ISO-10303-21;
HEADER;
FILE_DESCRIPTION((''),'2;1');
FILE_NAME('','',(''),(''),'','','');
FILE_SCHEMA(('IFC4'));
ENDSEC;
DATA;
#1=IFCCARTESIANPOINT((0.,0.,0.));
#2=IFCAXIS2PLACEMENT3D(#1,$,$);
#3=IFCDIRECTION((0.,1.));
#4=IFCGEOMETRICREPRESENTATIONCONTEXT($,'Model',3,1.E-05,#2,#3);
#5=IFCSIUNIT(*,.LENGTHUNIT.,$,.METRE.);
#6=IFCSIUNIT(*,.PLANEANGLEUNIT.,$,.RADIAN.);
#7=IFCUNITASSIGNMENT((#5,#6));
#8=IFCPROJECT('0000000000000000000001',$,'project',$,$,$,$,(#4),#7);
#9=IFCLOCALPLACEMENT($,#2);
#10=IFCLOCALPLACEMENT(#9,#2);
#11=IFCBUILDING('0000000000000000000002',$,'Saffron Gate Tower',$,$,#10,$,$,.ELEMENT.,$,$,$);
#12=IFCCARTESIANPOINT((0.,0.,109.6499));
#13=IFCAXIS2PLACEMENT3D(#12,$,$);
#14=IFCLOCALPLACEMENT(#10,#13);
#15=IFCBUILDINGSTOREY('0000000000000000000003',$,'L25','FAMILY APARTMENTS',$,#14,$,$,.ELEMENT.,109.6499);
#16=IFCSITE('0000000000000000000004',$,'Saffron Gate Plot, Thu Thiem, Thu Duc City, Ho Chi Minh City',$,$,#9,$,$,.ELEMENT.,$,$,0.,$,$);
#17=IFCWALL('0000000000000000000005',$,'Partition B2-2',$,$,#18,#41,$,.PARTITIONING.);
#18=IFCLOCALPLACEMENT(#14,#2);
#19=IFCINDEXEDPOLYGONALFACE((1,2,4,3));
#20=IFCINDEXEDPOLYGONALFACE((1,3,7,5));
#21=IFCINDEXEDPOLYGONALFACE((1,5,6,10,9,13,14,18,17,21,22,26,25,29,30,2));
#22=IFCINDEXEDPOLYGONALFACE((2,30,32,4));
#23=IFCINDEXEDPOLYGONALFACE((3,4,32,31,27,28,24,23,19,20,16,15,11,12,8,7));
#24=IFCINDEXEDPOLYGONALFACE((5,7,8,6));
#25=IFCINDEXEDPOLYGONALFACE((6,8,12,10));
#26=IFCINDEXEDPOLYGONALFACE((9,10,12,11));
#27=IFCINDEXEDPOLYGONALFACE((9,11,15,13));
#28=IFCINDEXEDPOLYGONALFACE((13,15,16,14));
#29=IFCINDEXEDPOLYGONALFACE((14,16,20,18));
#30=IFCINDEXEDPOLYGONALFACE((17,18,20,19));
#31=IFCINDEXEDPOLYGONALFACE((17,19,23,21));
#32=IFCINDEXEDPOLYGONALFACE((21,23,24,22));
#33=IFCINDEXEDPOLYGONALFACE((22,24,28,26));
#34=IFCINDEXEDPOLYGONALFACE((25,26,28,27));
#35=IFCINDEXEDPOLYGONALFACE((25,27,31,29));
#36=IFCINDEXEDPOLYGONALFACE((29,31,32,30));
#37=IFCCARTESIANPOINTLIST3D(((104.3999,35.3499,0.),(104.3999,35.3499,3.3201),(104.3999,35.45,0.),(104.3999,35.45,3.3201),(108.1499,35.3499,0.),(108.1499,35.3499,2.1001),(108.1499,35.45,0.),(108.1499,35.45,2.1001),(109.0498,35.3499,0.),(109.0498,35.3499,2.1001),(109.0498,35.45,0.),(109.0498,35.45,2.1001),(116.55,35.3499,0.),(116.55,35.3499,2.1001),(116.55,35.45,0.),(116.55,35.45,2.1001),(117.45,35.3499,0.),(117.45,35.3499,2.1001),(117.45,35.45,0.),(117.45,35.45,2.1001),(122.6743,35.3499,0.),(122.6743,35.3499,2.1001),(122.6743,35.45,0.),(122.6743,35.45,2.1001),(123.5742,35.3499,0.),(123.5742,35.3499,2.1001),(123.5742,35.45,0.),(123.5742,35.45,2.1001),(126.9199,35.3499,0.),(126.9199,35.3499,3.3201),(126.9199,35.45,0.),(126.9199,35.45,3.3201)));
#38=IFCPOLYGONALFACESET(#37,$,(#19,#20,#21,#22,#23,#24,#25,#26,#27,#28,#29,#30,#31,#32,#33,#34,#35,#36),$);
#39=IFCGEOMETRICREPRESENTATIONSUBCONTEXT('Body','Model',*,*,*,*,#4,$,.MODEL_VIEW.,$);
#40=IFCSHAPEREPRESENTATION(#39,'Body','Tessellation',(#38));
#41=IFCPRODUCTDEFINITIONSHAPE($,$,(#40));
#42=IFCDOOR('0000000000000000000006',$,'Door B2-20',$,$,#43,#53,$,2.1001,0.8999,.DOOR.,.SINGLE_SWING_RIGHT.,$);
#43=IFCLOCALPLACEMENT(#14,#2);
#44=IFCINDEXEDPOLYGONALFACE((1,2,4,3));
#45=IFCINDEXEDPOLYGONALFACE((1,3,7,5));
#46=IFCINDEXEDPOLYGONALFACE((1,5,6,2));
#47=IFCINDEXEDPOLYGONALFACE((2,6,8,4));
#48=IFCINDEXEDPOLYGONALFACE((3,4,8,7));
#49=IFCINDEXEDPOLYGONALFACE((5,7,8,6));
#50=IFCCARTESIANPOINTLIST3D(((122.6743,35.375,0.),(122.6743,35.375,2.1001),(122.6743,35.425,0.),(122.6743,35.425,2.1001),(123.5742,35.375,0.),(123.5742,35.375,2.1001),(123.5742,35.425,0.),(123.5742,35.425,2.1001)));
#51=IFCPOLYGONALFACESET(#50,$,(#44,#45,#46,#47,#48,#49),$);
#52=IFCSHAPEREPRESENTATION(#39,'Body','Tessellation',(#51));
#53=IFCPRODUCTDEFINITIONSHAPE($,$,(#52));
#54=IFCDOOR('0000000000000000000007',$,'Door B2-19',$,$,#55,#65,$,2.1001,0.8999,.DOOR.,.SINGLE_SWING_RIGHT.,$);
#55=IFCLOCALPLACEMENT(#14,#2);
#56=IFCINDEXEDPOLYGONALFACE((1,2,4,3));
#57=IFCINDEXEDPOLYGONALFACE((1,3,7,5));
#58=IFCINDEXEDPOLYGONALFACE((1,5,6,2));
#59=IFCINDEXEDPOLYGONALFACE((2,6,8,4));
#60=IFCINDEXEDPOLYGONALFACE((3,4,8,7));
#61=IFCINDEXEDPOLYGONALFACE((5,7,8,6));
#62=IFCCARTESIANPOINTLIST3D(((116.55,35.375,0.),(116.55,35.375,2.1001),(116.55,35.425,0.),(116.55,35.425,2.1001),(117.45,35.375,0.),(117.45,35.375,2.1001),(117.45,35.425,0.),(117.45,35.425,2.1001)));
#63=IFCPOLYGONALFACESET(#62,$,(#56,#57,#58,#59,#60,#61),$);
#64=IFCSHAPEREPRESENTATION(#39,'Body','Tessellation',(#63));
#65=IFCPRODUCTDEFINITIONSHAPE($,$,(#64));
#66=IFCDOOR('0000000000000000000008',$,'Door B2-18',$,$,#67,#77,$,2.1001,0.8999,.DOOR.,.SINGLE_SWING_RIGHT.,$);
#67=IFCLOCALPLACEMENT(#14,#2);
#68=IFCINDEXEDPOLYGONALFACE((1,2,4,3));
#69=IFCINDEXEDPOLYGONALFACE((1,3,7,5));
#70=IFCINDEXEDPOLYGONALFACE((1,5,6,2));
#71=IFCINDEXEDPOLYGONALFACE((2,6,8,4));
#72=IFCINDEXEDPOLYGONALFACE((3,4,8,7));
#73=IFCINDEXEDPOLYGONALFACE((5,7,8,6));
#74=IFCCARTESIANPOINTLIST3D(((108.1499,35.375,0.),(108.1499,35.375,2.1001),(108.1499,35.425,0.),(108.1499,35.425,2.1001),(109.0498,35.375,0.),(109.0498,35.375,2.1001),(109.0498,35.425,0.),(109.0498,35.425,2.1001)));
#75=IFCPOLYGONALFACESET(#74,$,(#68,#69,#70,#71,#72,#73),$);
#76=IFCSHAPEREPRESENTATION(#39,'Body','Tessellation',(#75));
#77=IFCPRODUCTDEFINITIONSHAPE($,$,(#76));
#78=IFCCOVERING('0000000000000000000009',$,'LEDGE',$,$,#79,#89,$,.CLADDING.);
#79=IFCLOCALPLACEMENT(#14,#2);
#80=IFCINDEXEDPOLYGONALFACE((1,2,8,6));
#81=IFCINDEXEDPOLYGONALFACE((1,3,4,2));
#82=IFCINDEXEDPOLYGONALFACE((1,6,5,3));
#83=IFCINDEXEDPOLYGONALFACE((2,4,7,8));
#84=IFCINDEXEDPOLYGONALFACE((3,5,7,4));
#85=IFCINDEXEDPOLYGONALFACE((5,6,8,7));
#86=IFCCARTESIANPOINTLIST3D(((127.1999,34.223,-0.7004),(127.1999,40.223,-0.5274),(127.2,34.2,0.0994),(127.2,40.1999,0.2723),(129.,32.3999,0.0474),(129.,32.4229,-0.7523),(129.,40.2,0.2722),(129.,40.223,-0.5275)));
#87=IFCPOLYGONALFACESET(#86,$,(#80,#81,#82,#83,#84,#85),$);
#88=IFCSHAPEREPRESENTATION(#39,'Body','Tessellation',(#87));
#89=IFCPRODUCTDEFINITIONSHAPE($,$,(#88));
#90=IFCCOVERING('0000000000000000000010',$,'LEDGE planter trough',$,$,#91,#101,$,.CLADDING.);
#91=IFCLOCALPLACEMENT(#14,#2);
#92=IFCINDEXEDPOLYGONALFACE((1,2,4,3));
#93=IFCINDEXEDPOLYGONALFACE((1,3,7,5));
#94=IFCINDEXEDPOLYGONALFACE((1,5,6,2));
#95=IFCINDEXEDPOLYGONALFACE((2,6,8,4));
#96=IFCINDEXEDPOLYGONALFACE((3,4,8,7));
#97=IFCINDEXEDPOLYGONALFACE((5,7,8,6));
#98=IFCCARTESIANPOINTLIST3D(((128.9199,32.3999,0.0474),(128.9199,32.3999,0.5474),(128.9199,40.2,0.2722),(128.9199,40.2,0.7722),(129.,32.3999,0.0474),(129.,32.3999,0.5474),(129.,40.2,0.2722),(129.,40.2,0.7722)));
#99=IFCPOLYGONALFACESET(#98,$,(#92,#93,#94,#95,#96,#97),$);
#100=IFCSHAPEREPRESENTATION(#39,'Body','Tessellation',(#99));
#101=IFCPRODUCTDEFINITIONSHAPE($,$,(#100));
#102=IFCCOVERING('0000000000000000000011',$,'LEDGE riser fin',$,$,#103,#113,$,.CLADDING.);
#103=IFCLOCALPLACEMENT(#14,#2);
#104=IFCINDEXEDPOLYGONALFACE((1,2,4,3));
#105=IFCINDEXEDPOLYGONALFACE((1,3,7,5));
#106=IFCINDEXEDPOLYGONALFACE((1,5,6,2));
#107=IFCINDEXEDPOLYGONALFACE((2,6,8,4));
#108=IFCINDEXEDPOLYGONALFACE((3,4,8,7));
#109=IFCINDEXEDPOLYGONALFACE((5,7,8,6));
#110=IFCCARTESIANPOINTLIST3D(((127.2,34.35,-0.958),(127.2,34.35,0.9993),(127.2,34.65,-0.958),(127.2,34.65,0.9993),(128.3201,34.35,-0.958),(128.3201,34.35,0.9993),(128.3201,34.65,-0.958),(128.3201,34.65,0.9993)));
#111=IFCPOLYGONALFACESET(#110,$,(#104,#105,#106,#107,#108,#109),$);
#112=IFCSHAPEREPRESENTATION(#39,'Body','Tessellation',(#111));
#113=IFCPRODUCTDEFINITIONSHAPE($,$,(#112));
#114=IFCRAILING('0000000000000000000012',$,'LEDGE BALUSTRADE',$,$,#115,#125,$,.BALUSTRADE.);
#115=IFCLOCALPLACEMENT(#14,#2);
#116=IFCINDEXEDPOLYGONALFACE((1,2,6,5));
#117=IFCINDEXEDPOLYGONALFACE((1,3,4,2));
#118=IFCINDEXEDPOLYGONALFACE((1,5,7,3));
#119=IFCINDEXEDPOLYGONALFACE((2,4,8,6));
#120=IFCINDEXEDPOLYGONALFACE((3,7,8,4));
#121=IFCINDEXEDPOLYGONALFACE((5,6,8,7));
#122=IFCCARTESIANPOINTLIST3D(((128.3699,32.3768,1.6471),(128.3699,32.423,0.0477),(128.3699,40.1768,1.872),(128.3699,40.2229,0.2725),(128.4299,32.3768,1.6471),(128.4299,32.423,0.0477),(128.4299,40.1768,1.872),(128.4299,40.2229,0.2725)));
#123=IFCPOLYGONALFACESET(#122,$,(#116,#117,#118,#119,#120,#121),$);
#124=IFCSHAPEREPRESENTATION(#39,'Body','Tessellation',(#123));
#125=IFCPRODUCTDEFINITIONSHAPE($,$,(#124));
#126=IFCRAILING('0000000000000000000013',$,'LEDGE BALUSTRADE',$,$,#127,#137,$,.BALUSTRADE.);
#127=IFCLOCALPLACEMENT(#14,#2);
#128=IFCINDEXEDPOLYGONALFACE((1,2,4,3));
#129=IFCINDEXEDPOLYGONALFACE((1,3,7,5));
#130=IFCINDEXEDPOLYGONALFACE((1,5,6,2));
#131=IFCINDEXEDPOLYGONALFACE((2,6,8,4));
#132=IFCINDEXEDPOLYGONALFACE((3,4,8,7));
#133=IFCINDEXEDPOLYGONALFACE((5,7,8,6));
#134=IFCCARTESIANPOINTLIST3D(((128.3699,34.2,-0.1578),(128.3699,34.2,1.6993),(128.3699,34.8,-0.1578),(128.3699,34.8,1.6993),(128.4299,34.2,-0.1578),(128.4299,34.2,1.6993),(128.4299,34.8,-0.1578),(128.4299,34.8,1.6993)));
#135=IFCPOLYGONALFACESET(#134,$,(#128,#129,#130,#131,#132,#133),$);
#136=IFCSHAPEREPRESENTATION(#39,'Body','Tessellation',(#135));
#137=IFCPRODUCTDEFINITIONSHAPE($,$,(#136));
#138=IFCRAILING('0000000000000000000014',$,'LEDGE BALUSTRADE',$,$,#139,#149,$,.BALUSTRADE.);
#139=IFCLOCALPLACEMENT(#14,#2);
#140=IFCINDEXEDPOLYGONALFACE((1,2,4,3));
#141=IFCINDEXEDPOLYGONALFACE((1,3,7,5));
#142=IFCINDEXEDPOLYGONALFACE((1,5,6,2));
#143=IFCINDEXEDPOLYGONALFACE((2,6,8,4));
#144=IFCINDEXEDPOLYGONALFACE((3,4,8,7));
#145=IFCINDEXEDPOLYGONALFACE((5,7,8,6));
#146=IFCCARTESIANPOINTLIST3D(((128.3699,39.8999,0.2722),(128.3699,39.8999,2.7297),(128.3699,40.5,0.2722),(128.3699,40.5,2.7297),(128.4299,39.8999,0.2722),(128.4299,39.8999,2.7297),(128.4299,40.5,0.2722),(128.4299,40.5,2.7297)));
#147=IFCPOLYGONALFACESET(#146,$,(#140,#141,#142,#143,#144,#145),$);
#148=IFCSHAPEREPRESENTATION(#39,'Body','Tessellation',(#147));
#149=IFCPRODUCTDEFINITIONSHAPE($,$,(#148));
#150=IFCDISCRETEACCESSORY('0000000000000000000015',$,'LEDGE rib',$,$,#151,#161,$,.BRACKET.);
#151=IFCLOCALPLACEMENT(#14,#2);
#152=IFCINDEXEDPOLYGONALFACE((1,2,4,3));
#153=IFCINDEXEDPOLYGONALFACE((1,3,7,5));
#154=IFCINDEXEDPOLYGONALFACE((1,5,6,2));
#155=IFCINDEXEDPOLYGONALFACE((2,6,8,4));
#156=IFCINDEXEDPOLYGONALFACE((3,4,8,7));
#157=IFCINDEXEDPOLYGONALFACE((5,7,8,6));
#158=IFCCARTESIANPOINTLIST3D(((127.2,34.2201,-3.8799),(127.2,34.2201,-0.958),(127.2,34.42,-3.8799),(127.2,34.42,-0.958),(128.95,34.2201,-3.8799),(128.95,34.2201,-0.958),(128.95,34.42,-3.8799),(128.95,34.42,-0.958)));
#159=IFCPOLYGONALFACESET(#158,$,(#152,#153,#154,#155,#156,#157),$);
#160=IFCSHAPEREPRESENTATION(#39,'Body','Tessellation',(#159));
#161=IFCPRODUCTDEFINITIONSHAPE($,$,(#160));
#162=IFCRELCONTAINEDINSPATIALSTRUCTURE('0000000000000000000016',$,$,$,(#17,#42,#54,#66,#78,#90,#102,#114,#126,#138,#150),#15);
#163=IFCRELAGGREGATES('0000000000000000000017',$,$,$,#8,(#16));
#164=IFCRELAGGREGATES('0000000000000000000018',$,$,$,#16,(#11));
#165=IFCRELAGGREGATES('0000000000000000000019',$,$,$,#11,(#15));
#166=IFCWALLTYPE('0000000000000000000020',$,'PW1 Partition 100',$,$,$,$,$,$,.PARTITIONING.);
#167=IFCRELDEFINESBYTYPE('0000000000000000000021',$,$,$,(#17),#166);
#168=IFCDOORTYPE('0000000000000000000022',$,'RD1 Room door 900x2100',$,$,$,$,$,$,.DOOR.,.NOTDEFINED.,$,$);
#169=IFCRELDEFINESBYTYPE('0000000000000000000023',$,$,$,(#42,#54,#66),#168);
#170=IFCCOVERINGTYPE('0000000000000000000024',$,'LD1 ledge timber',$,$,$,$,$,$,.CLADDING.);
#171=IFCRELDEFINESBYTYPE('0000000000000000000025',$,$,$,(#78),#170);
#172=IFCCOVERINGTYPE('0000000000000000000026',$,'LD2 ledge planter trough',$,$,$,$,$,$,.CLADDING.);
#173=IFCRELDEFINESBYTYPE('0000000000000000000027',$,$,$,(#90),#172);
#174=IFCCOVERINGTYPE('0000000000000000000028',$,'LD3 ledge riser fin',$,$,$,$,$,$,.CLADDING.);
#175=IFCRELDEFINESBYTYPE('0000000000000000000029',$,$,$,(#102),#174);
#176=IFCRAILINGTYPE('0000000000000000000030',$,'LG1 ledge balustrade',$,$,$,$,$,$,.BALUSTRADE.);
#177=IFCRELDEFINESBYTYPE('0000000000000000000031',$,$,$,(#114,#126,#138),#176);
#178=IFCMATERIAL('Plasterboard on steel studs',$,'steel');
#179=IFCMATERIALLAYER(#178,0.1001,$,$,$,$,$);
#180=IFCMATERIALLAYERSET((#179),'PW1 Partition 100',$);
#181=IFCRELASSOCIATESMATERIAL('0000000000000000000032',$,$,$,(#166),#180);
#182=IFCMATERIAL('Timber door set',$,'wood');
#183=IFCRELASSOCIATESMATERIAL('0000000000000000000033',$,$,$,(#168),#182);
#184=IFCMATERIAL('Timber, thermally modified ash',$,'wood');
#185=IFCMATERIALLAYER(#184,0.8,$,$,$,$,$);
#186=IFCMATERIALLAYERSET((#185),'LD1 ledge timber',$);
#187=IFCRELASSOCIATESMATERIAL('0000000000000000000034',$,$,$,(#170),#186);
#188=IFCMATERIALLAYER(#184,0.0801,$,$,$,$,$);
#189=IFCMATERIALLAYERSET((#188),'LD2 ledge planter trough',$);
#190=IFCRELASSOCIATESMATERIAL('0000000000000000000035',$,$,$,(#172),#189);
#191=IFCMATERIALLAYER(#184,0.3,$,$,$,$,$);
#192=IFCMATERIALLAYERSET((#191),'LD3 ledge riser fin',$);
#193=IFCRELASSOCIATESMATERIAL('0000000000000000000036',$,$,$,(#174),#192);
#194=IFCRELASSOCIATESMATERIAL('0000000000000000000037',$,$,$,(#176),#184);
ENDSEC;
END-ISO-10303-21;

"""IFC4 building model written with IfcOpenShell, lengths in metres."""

from ifc_helpers import new_model, si_unit, direction, frame, frame_2d, origin, origin_2d, place, context, subcontext, project, spatial, polyline, rectangle, outline, extrude, material, layer, layer_set, type_object, element, fill, save


model = new_model("IFC4")

# Units and contexts
model_context = context("Model", 3, precision=1e-05, world=origin(), true_north=direction((0.0, 1.0)))
body_context = subcontext(model_context, "Body", "Model", "MODEL_VIEW")
ifc_project = project(units=[si_unit("LENGTHUNIT", "METRE"), si_unit("PLANEANGLEUNIT", "RADIAN")], contexts=[model_context])

# Site, building, storey
site_placement = place(None, origin())
site = spatial("IfcSite", under=ifc_project, at=site_placement, Name="Saffron Gate Plot, Thu Thiem, Thu Duc City, Ho Chi Minh City", CompositionType="ELEMENT", RefElevation=0.0)
building_placement = place(site_placement, origin())
building = spatial("IfcBuilding", under=site, at=building_placement, Name="Saffron Gate Tower", CompositionType="ELEMENT")
storey_placement = place(building_placement, frame((0.0, 0.0, 109.6499)))
storey = spatial("IfcBuildingStorey", under=building, at=storey_placement, Name="L25", Description="FAMILY APARTMENTS", CompositionType="ELEMENT", Elevation=109.6499)

# Wall, openings, doors
ifc_material_1 = material(Name="Plasterboard on steel studs", Category="steel")
ifc_layer_1 = layer(ifc_material_1, 0.1001)
ifc_layer_set_1 = layer_set([ifc_layer_1], Name="PW1 Partition 100")
wall_type = type_object("IfcWallType", Name="PW1 Partition 100", PredefinedType="PARTITIONING", material=ifc_layer_set_1)
wall_placement = place(storey_placement, frame((126.9199, 35.3999, 0.0), z_axis=(0.0, 0.0, 1.0), x_axis=(-1.0, 0.0, 0.0)))
wall = element("IfcWall", 1, at=wall_placement, inside=storey, type_object=wall_type, Name="Partition B2-2", PredefinedType="PARTITIONING", context=body_context, shape_type="SweptSolid", body=[
    extrude(rectangle(XDim=22.52, YDim=0.1001, at=frame_2d((11.26, 0.0))), origin(), (0.0, 0.0, 1.0), 3.3201),
])
opening_1_placement = place(wall_placement, frame((3.3457, 0.0, 0.0)))
opening_1 = element("IfcOpeningElement", 2, at=opening_1_placement, cuts=wall, PredefinedType="OPENING", context=body_context, shape_type="SweptSolid", body=[
    extrude(rectangle(XDim=0.8999, YDim=2.1001, at=frame_2d((0.45, 1.05))), frame((0.0, 0.0601, 0.0), z_axis=(0.0, -1.0, 0.0), x_axis=(1.0, 0.0, 0.0)), (0.0, 0.0, 1.0), 0.1201),
])
opening_2_placement = place(wall_placement, frame((9.47, 0.0, 0.0)))
opening_2 = element("IfcOpeningElement", 3, at=opening_2_placement, cuts=wall, PredefinedType="OPENING", context=body_context, shape_type="SweptSolid", body=[
    extrude(rectangle(XDim=0.8999, YDim=2.1001, at=frame_2d((0.45, 1.05))), frame((0.0, 0.0601, 0.0), z_axis=(0.0, -1.0, 0.0), x_axis=(1.0, 0.0, 0.0)), (0.0, 0.0, 1.0), 0.1201),
])
opening_3_placement = place(wall_placement, frame((17.8701, 0.0, 0.0)))
opening_3 = element("IfcOpeningElement", 4, at=opening_3_placement, cuts=wall, PredefinedType="OPENING", context=body_context, shape_type="SweptSolid", body=[
    extrude(rectangle(XDim=0.8999, YDim=2.1001, at=frame_2d((0.45, 1.05))), frame((0.0, 0.0601, 0.0), z_axis=(0.0, -1.0, 0.0), x_axis=(1.0, 0.0, 0.0)), (0.0, 0.0, 1.0), 0.1201),
])
ifc_material_2 = material(Name="Timber door set", Category="wood")
door_type = type_object("IfcDoorType", Name="RD1 Room door 900x2100", OperationType="NOTDEFINED", PredefinedType="DOOR", material=ifc_material_2)
door_1_placement = place(opening_1_placement, origin())
door_1 = element("IfcDoor", 5, at=door_1_placement, inside=storey, type_object=door_type, Name="Door B2-20", OperationType="SINGLE_SWING_RIGHT", OverallHeight=2.1001, OverallWidth=0.8999, PredefinedType="DOOR", context=body_context, shape_type="SweptSolid", body=[
    extrude(rectangle(XDim=0.8999, YDim=2.1001, at=frame_2d((0.45, 1.05))), frame((0.0, 0.0249, 0.0), z_axis=(0.0, -1.0, 0.0), x_axis=(1.0, 0.0, 0.0)), (0.0, 0.0, 1.0), 0.05),
])
fill(opening_1, door_1)
door_2_placement = place(opening_2_placement, origin())
door_2 = element("IfcDoor", 6, at=door_2_placement, inside=storey, type_object=door_type, Name="Door B2-19", OperationType="SINGLE_SWING_RIGHT", OverallHeight=2.1001, OverallWidth=0.8999, PredefinedType="DOOR", context=body_context, shape_type="SweptSolid", body=[
    extrude(rectangle(XDim=0.8999, YDim=2.1001, at=frame_2d((0.45, 1.05))), frame((0.0, 0.0249, 0.0), z_axis=(0.0, -1.0, 0.0), x_axis=(1.0, 0.0, 0.0)), (0.0, 0.0, 1.0), 0.05),
])
fill(opening_2, door_2)
door_3_placement = place(opening_3_placement, origin())
door_3 = element("IfcDoor", 7, at=door_3_placement, inside=storey, type_object=door_type, Name="Door B2-18", OperationType="SINGLE_SWING_RIGHT", OverallHeight=2.1001, OverallWidth=0.8999, PredefinedType="DOOR", context=body_context, shape_type="SweptSolid", body=[
    extrude(rectangle(XDim=0.8999, YDim=2.1001, at=frame_2d((0.45, 1.05))), frame((0.0, 0.0249, 0.0), z_axis=(0.0, -1.0, 0.0), x_axis=(1.0, 0.0, 0.0)), (0.0, 0.0, 1.0), 0.05),
])
fill(opening_3, door_3)

# Coverings
ifc_material_3 = material(Name="Timber, thermally modified ash", Category="wood")
ifc_layer_2 = layer(ifc_material_3, 0.8)
ifc_layer_set_2 = layer_set([ifc_layer_2], Name="LD1 ledge timber")
covering_type_1 = type_object("IfcCoveringType", Name="LD1 ledge timber", PredefinedType="CLADDING", material=ifc_layer_set_2)
covering_1_placement = place(storey_placement, frame((127.2, 34.2, 0.0994), z_axis=(0.000035, -0.028807, 0.999585), x_axis=(0.0, 0.999585, 0.028807)))
element("IfcCovering", 8, at=covering_1_placement, inside=storey, type_object=covering_type_1, Name="LEDGE", PredefinedType="CLADDING", context=body_context, shape_type="SweptSolid", body=[
    extrude(outline(polyline([(0.0, 0.0), (6.0025, 0.0), (6.0025, -1.8), (-1.8008, -1.8), (0.0, 0.0)])), origin(), (0.0, 0.0, -1.0), 0.8),
])
ifc_layer_3 = layer(ifc_material_3, 0.0801)
ifc_layer_set_3 = layer_set([ifc_layer_3], Name="LD2 ledge planter trough")
covering_type_2 = type_object("IfcCoveringType", Name="LD2 ledge planter trough", PredefinedType="CLADDING", material=ifc_layer_set_3)
covering_2_placement = place(storey_placement, frame((129.0, 32.3999, 0.0474), z_axis=(1.0, 0.0, 0.0), x_axis=(0.0, 0.999585, 0.028815)))
element("IfcCovering", 9, at=covering_2_placement, inside=storey, type_object=covering_type_2, Name="LEDGE planter trough", PredefinedType="CLADDING", context=body_context, shape_type="SweptSolid", body=[
    extrude(outline(polyline([(0.0, 0.0), (7.8033, 0.0), (7.8177, 0.4998), (0.0144, 0.4998), (0.0, 0.0)])), origin(), (0.0, 0.0, -1.0), 0.0801),
])
ifc_layer_4 = layer(ifc_material_3, 0.3)
ifc_layer_set_4 = layer_set([ifc_layer_4], Name="LD3 ledge riser fin")
covering_type_3 = type_object("IfcCoveringType", Name="LD3 ledge riser fin", PredefinedType="CLADDING", material=ifc_layer_set_4)
covering_3_placement = place(storey_placement, frame((127.76, 34.5, -0.958), z_axis=(0.0, 0.0, 1.0), x_axis=(0.0, 1.0, 0.0)))
element("IfcCovering", 10, at=covering_3_placement, inside=storey, type_object=covering_type_3, Name="LEDGE riser fin", PredefinedType="CLADDING", context=body_context, shape_type="SweptSolid", body=[
    extrude(rectangle(XDim=0.3, YDim=1.1201, at=origin_2d()), origin(), (0.0, 0.0, 1.0), 1.9573),
])

# Railings
railing_type = type_object("IfcRailingType", Name="LG1 ledge balustrade", PredefinedType="BALUSTRADE", material=ifc_material_3)
railing_1_placement = place(storey_placement, frame((128.3999, 32.3999, 0.0474)))
element("IfcRailing", 11, at=railing_1_placement, inside=storey, type_object=railing_type, Name="LEDGE BALUSTRADE", PredefinedType="BALUSTRADE", context=body_context, shape_type="SweptSolid", body=[
    extrude(rectangle(XDim=0.0601, YDim=1.6001, at=origin_2d()), frame((0.0, 0.0, 0.8), z_axis=(0.0, 0.999585, 0.028815), x_axis=(-1.0, 0.0, 0.0)), (0.0, 0.0, 1.0), 7.8032),
])
railing_2_placement = place(storey_placement, frame((128.3999, 34.2, -0.158)))
element("IfcRailing", 12, at=railing_2_placement, inside=storey, type_object=railing_type, Name="LEDGE BALUSTRADE", PredefinedType="BALUSTRADE", context=body_context, shape_type="SweptSolid", body=[
    extrude(rectangle(XDim=0.0601, YDim=1.8572, at=origin_2d()), frame((0.0, 0.0, 0.9287), z_axis=(0.0, 1.0, 0.0), x_axis=(-1.0, 0.0, 0.0)), (0.0, 0.0, 1.0), 0.6001),
])
railing_3_placement = place(storey_placement, frame((128.3999, 39.8999, 0.2722)))
element("IfcRailing", 13, at=railing_3_placement, inside=storey, type_object=railing_type, Name="LEDGE BALUSTRADE", PredefinedType="BALUSTRADE", context=body_context, shape_type="SweptSolid", body=[
    extrude(rectangle(XDim=0.0601, YDim=2.4575, at=origin_2d()), frame((0.0, 0.0, 1.2288), z_axis=(0.0, 1.0, 0.0), x_axis=(-1.0, 0.0, 0.0)), (0.0, 0.0, 1.0), 0.6001),
])

# Discrete accessory
discrete_accessory_placement = place(storey_placement, frame((128.075, 34.3201, -3.8799), z_axis=(0.0, 0.0, 1.0), x_axis=(0.0, 1.0, 0.0)))
element("IfcDiscreteAccessory", 14, at=discrete_accessory_placement, inside=storey, Name="LEDGE rib", PredefinedType="BRACKET", context=body_context, shape_type="SweptSolid", body=[
    extrude(rectangle(XDim=0.2, YDim=1.75, at=origin_2d()), origin(), (0.0, 0.0, 1.0), 2.9219),
])

save(model, "model.ifc")
